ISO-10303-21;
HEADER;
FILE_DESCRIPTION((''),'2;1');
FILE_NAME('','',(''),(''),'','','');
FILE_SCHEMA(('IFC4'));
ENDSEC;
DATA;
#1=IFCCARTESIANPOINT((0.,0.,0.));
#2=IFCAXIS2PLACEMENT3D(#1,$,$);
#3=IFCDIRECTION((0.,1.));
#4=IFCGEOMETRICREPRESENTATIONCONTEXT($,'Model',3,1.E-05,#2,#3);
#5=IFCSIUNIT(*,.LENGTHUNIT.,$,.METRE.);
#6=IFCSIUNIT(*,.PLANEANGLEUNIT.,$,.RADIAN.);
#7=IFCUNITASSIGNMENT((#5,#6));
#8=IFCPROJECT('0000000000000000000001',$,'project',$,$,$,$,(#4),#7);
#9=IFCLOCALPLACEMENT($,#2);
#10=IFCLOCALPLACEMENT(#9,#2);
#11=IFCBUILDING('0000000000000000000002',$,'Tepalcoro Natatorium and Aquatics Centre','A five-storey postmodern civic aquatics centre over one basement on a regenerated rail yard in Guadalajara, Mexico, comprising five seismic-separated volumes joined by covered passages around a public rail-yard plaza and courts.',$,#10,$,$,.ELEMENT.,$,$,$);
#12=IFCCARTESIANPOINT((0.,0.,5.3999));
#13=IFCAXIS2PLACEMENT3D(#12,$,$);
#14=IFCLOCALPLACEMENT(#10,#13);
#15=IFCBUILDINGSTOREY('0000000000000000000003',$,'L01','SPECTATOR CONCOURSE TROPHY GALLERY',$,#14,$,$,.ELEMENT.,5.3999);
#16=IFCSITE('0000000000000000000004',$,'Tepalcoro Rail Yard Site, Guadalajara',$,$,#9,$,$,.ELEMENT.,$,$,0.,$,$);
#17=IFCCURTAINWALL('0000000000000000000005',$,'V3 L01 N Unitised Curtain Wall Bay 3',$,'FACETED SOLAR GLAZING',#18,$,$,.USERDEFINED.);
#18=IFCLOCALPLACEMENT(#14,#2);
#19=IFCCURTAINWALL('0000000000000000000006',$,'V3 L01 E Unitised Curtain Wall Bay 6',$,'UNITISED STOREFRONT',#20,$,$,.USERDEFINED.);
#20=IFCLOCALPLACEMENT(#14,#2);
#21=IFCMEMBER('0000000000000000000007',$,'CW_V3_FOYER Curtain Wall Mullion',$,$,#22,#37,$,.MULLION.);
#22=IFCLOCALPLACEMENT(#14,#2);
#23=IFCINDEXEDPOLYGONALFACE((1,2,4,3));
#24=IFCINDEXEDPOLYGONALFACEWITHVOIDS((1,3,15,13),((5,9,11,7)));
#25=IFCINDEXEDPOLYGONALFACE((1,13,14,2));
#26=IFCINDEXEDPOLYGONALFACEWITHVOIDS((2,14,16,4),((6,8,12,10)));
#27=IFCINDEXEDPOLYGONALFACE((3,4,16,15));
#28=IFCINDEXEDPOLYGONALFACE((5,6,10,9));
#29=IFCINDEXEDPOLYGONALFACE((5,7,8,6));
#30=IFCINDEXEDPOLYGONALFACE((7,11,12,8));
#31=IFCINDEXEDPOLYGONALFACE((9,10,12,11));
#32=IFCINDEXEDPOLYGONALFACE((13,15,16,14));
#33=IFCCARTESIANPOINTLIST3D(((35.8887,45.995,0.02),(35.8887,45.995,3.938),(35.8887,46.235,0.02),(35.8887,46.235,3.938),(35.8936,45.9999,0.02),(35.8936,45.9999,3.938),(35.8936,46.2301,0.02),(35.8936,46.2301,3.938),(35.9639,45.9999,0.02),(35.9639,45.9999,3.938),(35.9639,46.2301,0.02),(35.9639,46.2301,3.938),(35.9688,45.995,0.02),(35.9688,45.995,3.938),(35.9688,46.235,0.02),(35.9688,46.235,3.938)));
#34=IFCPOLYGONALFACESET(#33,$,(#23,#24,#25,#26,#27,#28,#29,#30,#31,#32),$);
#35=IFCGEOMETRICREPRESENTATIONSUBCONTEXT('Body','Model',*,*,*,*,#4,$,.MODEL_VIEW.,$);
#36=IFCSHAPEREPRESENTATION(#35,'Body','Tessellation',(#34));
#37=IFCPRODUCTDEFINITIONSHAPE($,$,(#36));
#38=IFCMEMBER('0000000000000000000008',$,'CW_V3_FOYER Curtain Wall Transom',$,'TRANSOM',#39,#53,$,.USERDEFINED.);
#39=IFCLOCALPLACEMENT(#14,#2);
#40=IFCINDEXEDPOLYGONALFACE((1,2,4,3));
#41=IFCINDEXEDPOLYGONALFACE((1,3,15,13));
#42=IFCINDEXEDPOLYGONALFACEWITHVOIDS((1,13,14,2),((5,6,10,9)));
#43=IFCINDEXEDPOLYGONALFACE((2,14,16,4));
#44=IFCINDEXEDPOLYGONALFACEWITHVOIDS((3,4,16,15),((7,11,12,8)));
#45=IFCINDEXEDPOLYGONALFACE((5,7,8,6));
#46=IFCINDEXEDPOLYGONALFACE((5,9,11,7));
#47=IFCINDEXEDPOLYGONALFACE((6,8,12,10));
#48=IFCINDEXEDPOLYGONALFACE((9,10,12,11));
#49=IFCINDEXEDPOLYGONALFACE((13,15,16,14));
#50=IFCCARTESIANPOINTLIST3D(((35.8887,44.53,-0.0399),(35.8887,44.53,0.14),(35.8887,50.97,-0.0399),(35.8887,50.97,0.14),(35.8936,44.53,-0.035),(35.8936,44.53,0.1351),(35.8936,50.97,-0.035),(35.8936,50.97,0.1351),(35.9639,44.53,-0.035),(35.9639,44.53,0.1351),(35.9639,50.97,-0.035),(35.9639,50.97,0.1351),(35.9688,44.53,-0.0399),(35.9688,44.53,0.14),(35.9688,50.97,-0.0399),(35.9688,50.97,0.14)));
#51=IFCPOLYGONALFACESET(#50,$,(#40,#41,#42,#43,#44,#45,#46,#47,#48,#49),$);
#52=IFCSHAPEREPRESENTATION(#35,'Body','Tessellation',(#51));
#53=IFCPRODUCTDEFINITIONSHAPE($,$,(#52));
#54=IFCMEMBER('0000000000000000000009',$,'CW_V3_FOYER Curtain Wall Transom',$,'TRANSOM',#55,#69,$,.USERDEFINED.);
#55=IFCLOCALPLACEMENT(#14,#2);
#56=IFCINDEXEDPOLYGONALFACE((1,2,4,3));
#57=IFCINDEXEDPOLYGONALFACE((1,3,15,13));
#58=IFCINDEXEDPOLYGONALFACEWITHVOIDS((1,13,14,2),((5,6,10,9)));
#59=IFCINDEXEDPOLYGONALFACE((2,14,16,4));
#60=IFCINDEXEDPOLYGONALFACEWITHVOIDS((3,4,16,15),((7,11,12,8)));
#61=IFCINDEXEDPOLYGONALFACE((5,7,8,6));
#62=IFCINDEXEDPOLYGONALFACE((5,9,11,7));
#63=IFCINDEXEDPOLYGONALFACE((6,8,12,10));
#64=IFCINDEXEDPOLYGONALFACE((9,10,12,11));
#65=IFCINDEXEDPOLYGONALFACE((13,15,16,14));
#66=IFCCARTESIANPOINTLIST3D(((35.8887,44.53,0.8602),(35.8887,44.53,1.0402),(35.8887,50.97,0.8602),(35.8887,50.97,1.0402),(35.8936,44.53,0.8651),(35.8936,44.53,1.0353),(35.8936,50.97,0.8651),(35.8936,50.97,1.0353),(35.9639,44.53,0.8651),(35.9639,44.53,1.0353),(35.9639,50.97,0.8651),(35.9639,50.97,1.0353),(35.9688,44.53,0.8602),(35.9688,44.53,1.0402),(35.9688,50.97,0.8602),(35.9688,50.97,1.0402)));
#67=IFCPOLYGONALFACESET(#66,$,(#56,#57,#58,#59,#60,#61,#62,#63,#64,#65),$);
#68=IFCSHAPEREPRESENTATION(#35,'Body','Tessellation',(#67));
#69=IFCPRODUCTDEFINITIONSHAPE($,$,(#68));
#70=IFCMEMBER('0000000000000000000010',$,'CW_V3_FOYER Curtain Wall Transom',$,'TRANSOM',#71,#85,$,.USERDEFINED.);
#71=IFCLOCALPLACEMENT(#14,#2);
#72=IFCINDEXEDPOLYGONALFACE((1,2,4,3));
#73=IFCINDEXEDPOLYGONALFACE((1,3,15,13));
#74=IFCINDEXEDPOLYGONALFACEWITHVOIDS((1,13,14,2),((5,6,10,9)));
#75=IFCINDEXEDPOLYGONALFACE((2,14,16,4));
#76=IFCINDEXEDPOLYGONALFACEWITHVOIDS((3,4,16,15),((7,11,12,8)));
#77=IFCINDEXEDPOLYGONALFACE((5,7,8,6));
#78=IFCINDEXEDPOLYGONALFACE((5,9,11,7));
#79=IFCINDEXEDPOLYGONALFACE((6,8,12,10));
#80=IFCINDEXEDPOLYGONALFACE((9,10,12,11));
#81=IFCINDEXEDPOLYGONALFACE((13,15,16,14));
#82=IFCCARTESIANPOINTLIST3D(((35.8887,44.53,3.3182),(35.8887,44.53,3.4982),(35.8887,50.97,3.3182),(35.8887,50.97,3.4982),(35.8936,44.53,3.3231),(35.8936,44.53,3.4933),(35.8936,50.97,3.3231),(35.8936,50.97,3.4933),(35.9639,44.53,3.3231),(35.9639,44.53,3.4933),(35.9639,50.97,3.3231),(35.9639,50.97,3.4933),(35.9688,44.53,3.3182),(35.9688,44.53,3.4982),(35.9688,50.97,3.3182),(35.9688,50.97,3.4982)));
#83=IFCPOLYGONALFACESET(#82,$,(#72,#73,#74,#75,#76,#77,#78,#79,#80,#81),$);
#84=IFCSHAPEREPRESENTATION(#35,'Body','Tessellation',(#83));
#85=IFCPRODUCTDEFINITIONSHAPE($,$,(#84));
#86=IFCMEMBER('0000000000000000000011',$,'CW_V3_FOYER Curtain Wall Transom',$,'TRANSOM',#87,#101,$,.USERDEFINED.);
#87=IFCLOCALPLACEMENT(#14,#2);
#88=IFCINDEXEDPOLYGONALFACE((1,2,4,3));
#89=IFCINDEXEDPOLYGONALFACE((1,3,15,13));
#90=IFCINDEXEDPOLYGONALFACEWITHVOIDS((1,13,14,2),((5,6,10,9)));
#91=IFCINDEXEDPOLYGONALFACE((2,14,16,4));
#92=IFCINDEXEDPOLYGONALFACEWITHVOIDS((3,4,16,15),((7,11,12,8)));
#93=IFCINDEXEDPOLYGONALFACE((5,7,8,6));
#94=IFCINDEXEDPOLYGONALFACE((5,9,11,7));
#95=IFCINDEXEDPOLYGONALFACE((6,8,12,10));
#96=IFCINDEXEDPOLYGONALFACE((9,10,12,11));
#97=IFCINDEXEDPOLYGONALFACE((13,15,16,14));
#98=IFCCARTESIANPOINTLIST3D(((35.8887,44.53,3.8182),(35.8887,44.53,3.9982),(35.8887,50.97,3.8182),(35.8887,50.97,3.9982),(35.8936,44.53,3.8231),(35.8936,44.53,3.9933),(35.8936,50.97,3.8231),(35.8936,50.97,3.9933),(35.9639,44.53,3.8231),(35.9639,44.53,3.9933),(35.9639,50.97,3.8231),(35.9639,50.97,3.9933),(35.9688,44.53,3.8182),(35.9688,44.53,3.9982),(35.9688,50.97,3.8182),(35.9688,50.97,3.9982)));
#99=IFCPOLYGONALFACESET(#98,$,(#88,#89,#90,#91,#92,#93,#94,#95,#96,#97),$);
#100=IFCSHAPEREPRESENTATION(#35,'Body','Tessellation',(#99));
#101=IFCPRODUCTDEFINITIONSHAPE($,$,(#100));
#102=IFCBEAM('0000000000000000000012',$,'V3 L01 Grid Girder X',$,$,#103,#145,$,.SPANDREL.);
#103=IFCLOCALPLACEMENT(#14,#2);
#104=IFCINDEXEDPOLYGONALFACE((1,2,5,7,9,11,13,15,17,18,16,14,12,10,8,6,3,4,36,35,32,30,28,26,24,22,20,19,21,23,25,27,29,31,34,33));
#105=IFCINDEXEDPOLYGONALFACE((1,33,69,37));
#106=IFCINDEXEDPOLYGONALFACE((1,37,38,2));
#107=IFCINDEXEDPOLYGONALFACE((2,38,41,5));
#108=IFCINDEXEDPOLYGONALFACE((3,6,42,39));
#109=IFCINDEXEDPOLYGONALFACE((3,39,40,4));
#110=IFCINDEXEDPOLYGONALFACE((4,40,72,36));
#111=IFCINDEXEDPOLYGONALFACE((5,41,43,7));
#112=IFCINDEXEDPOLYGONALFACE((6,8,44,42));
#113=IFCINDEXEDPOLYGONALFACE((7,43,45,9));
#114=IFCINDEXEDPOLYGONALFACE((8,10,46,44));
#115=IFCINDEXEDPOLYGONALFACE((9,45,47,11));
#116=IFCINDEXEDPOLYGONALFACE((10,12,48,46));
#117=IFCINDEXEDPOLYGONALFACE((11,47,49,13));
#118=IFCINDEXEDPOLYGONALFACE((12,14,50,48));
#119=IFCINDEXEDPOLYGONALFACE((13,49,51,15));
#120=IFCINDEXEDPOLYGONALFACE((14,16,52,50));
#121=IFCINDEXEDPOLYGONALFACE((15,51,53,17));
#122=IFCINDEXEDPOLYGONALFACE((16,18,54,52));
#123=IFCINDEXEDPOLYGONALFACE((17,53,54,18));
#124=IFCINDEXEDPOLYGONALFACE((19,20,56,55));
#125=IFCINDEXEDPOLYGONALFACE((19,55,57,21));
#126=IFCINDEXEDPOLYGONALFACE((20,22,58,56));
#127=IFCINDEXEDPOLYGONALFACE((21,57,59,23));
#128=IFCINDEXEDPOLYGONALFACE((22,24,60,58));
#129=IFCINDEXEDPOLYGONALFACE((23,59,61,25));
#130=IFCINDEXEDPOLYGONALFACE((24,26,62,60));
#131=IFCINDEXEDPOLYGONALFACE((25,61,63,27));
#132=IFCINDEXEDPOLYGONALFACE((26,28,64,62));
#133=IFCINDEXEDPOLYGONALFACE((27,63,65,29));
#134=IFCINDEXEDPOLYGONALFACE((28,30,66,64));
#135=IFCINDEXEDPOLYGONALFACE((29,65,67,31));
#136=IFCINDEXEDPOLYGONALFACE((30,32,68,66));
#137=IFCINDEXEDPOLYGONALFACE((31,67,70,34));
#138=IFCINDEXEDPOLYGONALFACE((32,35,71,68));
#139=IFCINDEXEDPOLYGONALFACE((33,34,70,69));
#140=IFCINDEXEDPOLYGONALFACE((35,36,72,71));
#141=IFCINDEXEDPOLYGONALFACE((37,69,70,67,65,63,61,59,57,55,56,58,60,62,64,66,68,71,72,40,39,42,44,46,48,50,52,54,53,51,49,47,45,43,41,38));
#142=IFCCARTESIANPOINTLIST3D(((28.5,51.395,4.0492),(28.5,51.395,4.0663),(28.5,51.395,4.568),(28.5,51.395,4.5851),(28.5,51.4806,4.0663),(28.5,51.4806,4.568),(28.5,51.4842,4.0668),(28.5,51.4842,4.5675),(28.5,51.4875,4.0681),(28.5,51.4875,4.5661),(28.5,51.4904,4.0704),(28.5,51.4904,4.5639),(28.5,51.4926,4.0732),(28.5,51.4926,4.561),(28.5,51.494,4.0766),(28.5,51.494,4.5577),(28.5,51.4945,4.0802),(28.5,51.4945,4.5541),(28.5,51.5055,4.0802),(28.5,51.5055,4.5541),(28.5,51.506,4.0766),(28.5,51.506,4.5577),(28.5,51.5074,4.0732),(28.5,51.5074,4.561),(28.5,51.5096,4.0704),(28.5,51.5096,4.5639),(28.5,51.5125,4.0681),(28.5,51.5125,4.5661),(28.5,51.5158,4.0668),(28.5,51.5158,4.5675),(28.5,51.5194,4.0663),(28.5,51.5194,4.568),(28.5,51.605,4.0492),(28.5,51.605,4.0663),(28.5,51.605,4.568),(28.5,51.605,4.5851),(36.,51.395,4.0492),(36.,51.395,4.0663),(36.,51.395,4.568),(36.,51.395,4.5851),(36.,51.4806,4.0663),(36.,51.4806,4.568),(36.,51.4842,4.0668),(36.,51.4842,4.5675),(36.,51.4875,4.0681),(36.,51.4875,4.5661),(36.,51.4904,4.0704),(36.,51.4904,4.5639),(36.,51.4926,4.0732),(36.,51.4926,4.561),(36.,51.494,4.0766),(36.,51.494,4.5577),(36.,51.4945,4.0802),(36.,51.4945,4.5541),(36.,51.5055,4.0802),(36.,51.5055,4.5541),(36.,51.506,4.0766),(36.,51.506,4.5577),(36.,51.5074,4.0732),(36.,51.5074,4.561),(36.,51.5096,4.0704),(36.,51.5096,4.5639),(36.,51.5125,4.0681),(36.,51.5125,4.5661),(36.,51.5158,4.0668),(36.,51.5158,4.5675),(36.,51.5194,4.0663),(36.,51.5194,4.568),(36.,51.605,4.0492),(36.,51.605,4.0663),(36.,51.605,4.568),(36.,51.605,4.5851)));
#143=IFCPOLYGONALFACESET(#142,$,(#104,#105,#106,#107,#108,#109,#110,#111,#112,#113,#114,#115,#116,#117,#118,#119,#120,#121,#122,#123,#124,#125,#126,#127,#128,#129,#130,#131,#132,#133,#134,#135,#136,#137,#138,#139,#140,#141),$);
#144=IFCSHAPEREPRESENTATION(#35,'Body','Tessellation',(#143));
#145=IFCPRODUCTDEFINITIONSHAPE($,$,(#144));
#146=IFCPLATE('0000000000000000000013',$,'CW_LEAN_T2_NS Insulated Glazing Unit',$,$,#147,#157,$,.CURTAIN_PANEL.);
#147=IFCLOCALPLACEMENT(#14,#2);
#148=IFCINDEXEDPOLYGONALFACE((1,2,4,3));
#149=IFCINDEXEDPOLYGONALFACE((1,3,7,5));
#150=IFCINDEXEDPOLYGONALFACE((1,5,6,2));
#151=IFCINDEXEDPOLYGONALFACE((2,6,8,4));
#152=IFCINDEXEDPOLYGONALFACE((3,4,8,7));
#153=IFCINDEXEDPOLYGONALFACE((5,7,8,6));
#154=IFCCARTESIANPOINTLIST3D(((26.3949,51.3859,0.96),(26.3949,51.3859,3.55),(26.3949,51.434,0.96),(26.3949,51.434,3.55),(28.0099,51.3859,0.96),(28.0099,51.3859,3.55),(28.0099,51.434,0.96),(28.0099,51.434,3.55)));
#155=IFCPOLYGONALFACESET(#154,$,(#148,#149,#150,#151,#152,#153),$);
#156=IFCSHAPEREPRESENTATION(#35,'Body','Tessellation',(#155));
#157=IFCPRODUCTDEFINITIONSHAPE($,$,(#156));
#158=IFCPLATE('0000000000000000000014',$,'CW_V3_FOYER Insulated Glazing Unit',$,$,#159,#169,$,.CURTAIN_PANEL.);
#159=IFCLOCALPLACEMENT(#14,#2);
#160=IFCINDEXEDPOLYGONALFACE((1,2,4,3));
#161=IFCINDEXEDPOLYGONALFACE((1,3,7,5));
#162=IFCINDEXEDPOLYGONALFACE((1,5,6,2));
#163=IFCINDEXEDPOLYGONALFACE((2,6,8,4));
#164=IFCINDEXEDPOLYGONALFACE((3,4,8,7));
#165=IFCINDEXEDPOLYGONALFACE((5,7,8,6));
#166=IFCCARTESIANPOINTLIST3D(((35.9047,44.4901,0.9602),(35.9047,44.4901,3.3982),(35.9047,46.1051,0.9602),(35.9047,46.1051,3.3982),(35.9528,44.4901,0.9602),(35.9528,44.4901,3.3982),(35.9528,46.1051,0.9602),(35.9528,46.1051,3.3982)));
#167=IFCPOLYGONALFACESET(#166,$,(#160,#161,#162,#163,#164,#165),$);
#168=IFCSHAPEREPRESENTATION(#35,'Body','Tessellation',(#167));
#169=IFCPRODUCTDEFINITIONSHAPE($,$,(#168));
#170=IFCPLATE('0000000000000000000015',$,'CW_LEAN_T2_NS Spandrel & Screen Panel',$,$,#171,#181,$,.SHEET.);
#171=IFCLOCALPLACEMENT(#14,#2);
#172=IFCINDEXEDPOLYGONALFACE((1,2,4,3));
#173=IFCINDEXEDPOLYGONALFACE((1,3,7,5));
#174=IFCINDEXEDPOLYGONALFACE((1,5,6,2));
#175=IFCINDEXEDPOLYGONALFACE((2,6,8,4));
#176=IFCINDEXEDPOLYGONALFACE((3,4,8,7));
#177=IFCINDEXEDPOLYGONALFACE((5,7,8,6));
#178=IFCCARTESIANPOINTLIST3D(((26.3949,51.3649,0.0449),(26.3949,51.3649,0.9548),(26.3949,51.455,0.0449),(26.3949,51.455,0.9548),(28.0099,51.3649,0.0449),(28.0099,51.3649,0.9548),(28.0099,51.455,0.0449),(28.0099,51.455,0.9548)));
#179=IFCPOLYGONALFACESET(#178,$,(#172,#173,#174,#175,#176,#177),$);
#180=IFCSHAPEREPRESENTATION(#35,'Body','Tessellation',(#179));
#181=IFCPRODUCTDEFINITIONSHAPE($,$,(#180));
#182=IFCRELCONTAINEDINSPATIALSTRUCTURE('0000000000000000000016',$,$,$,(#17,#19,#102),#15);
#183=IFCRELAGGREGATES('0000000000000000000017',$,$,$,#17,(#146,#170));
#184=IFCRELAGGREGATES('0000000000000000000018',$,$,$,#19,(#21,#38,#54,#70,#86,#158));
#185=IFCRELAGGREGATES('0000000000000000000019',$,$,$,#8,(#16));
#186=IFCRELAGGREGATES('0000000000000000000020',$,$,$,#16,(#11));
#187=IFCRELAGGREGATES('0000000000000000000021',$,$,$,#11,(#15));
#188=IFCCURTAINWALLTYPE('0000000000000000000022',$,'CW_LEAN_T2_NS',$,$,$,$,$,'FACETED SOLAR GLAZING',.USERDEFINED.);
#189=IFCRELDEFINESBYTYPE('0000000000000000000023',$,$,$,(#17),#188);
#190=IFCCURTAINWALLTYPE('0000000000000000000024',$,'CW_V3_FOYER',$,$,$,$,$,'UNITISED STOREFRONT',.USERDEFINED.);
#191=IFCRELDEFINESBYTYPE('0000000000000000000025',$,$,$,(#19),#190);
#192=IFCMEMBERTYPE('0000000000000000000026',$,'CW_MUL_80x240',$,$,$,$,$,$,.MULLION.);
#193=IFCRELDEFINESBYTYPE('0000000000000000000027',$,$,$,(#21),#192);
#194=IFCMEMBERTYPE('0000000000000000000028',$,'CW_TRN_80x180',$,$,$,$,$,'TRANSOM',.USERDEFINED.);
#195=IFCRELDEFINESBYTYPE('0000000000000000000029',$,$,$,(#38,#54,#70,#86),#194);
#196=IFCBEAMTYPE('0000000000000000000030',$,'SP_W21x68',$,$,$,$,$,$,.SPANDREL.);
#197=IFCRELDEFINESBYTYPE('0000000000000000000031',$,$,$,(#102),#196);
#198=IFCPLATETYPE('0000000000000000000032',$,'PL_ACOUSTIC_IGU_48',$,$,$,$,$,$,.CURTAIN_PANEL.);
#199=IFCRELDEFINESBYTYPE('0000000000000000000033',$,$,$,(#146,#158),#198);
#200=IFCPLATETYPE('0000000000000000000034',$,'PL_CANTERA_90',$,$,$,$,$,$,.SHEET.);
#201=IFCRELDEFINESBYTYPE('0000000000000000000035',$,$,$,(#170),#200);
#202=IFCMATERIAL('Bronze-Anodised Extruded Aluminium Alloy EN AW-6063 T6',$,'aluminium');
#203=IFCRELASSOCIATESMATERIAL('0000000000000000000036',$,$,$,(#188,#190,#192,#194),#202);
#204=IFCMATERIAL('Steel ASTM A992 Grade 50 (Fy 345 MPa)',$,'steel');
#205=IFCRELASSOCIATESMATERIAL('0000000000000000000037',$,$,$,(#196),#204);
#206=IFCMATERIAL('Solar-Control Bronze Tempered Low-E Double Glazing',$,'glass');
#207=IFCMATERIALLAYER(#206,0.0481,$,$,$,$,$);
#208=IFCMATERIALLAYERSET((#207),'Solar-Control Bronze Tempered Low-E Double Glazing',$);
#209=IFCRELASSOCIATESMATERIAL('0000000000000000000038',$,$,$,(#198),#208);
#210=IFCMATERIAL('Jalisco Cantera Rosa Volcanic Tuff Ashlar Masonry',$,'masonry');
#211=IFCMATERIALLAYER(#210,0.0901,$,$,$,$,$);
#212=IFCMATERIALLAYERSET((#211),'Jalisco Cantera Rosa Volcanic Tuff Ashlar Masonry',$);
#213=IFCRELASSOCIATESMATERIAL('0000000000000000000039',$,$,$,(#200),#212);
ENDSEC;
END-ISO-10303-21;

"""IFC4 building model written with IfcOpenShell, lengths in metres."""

from ifc_helpers import new_model, si_unit, direction, frame, origin, origin_2d, place, context, subcontext, project, spatial, rectangle, hollow_rectangle, i_section, extrude, material, layer, layer_set, material_profile, profile_set, type_object, element, aggregate, save


model = new_model("IFC4")

# Units and contexts
model_context = context("Model", 3, precision=1e-05, world=origin(), true_north=direction((0.0, 1.0)))
body_context = subcontext(model_context, "Body", "Model", "MODEL_VIEW")
ifc_project = project(units=[si_unit("LENGTHUNIT", "METRE"), si_unit("PLANEANGLEUNIT", "RADIAN")], contexts=[model_context])

# Site, building, storey
site_placement = place(None, origin())
site = spatial("IfcSite", under=ifc_project, at=site_placement, Name="Tepalcoro Rail Yard Site, Guadalajara", CompositionType="ELEMENT", RefElevation=0.0)
building_placement = place(site_placement, origin())
building = spatial("IfcBuilding", under=site, at=building_placement, Name="Tepalcoro Natatorium and Aquatics Centre", Description="A five-storey postmodern civic aquatics centre over one basement on a regenerated rail yard in Guadalajara, Mexico, comprising five seismic-separated volumes joined by covered passages around a public rail-yard plaza and courts.", CompositionType="ELEMENT")
storey_placement = place(building_placement, frame((0.0, 0.0, 5.3999)))
storey = spatial("IfcBuildingStorey", under=building, at=storey_placement, Name="L01", Description="SPECTATOR CONCOURSE TROPHY GALLERY", CompositionType="ELEMENT", Elevation=5.3999)

# Shared definitions
ifc_material_1 = material(Name="Steel ASTM A992 Grade 50 (Fy 345 MPa)", Category="steel")

# Curtain wall
ifc_material_2 = material(Name="Bronze-Anodised Extruded Aluminium Alloy EN AW-6063 T6", Category="aluminium")
curtain_wall_type_1 = type_object("IfcCurtainWallType", Name="CW_LEAN_T2_NS", ElementType="FACETED SOLAR GLAZING", PredefinedType="USERDEFINED", material=ifc_material_2)
curtain_wall_1_placement = place(storey_placement, origin())
curtain_wall_1 = element("IfcCurtainWall", 1, at=curtain_wall_1_placement, inside=storey, type_object=curtain_wall_type_1, Name="V3 L01 N Unitised Curtain Wall Bay 3", ObjectType="FACETED SOLAR GLAZING", PredefinedType="USERDEFINED")
ifc_material_profile_1 = material_profile(ifc_material_2, hollow_rectangle(XDim=0.0801, YDim=0.24, WallThickness=0.0049, at=origin_2d()), Name="AL80X240X5")
ifc_profile_set_1 = profile_set([ifc_material_profile_1], Name="Bronze-Anodised Extruded Aluminium Alloy EN AW-6063 T6")
member_type_1 = type_object("IfcMemberType", Name="CW_MUL_80x240", PredefinedType="MULLION", material=ifc_profile_set_1)

# Curtain wall, members
curtain_wall_type_2 = type_object("IfcCurtainWallType", Name="CW_V3_FOYER", ElementType="UNITISED STOREFRONT", PredefinedType="USERDEFINED", material=ifc_material_2)
curtain_wall_2_placement = place(storey_placement, origin())
curtain_wall_2 = element("IfcCurtainWall", 2, at=curtain_wall_2_placement, inside=storey, type_object=curtain_wall_type_2, Name="V3 L01 E Unitised Curtain Wall Bay 6", ObjectType="UNITISED STOREFRONT", PredefinedType="USERDEFINED")
member_1_placement = place(storey_placement, frame((35.9287, 46.115, 0.02), z_axis=(0.0, 0.0, 1.0), x_axis=(1.0, 0.0, 0.0)))
member_1 = element("IfcMember", 3, at=member_1_placement, type_object=member_type_1, Name="CW_V3_FOYER Curtain Wall Mullion", PredefinedType="MULLION", context=body_context, shape_type="SweptSolid", body=[
    extrude(hollow_rectangle(XDim=0.0801, YDim=0.24, WallThickness=0.0049, at=origin_2d()), origin(), (0.0, 0.0, 1.0), 3.918),
])
ifc_material_profile_2 = material_profile(ifc_material_2, hollow_rectangle(XDim=0.0801, YDim=0.1799, WallThickness=0.0049, at=origin_2d()), Name="AL80X180X5")
ifc_profile_set_2 = profile_set([ifc_material_profile_2], Name="Bronze-Anodised Extruded Aluminium Alloy EN AW-6063 T6")
member_type_2 = type_object("IfcMemberType", Name="CW_TRN_80x180", ElementType="TRANSOM", PredefinedType="USERDEFINED", material=ifc_profile_set_2)
member_2_placement = place(storey_placement, frame((35.9287, 44.53, 0.05), z_axis=(0.0, 1.0, 0.0), x_axis=(-1.0, 0.0, 0.0)))
member_2 = element("IfcMember", 4, at=member_2_placement, type_object=member_type_2, Name="CW_V3_FOYER Curtain Wall Transom", ObjectType="TRANSOM", PredefinedType="USERDEFINED", context=body_context, shape_type="SweptSolid", body=[
    extrude(hollow_rectangle(XDim=0.0801, YDim=0.1799, WallThickness=0.0049, at=origin_2d()), origin(), (0.0, 0.0, 1.0), 6.4399),
])
member_3_placement = place(storey_placement, frame((35.9287, 44.53, 0.9502), z_axis=(0.0, 1.0, 0.0), x_axis=(-1.0, 0.0, 0.0)))
member_3 = element("IfcMember", 5, at=member_3_placement, type_object=member_type_2, Name="CW_V3_FOYER Curtain Wall Transom", ObjectType="TRANSOM", PredefinedType="USERDEFINED", context=body_context, shape_type="SweptSolid", body=[
    extrude(hollow_rectangle(XDim=0.0801, YDim=0.1799, WallThickness=0.0049, at=origin_2d()), origin(), (0.0, 0.0, 1.0), 6.4399),
])
member_4_placement = place(storey_placement, frame((35.9287, 44.53, 3.4082), z_axis=(0.0, 1.0, 0.0), x_axis=(-1.0, 0.0, 0.0)))
member_4 = element("IfcMember", 6, at=member_4_placement, type_object=member_type_2, Name="CW_V3_FOYER Curtain Wall Transom", ObjectType="TRANSOM", PredefinedType="USERDEFINED", context=body_context, shape_type="SweptSolid", body=[
    extrude(hollow_rectangle(XDim=0.0801, YDim=0.1799, WallThickness=0.0049, at=origin_2d()), origin(), (0.0, 0.0, 1.0), 6.4399),
])
member_5_placement = place(storey_placement, frame((35.9287, 44.53, 3.9082), z_axis=(0.0, 1.0, 0.0), x_axis=(-1.0, 0.0, 0.0)))
member_5 = element("IfcMember", 7, at=member_5_placement, type_object=member_type_2, Name="CW_V3_FOYER Curtain Wall Transom", ObjectType="TRANSOM", PredefinedType="USERDEFINED", context=body_context, shape_type="SweptSolid", body=[
    extrude(hollow_rectangle(XDim=0.0801, YDim=0.1799, WallThickness=0.0049, at=origin_2d()), origin(), (0.0, 0.0, 1.0), 6.4399),
])

# Beam
ifc_material_profile_3 = material_profile(ifc_material_1, i_section(OverallWidth=0.21, OverallDepth=0.5359, WebThickness=0.011, FlangeThickness=0.0171, FilletRadius=0.0139, at=origin_2d()), Name="W21X68")
ifc_profile_set_3 = profile_set([ifc_material_profile_3], Name="Steel ASTM A992 Grade 50 (Fy 345 MPa)")
beam_type = type_object("IfcBeamType", Name="SP_W21x68", PredefinedType="SPANDREL", material=ifc_profile_set_3)
beam_placement = place(storey_placement, frame((28.5, 51.5, 4.3171), z_axis=(1.0, 0.0, 0.0), x_axis=(0.0, 1.0, 0.0)))
element("IfcBeam", 8, at=beam_placement, inside=storey, type_object=beam_type, Name="V3 L01 Grid Girder X", PredefinedType="SPANDREL", context=body_context, shape_type="SweptSolid", body=[
    extrude(i_section(OverallWidth=0.21, OverallDepth=0.5359, WebThickness=0.011, FlangeThickness=0.0171, FilletRadius=0.0139, at=origin_2d()), origin(), (0.0, 0.0, 1.0), 7.5),
])

# Plates
ifc_material_3 = material(Name="Solar-Control Bronze Tempered Low-E Double Glazing", Category="glass")
ifc_layer_1 = layer(ifc_material_3, 0.0481)
ifc_layer_set_1 = layer_set([ifc_layer_1], Name="Solar-Control Bronze Tempered Low-E Double Glazing")
plate_type_1 = type_object("IfcPlateType", Name="PL_ACOUSTIC_IGU_48", PredefinedType="CURTAIN_PANEL", material=ifc_layer_set_1)
plate_1_placement = place(storey_placement, frame((27.2024, 51.4099, 0.96), z_axis=(0.0, 0.0, 1.0), x_axis=(1.0, 0.0, 0.0)))
plate_1 = element("IfcPlate", 9, at=plate_1_placement, type_object=plate_type_1, Name="CW_LEAN_T2_NS Insulated Glazing Unit", PredefinedType="CURTAIN_PANEL", context=body_context, shape_type="SweptSolid", body=[
    extrude(rectangle(XDim=1.615, YDim=0.0481, at=origin_2d()), origin(), (0.0, 0.0, 1.0), 2.5901),
])
plate_2_placement = place(storey_placement, frame((35.9287, 45.2976, 0.9602), z_axis=(0.0, 0.0, 1.0), x_axis=(1.0, 0.0, 0.0)))
plate_2 = element("IfcPlate", 10, at=plate_2_placement, type_object=plate_type_1, Name="CW_V3_FOYER Insulated Glazing Unit", PredefinedType="CURTAIN_PANEL", context=body_context, shape_type="SweptSolid", body=[
    extrude(rectangle(XDim=0.0481, YDim=1.615, at=origin_2d()), origin(), (0.0, 0.0, 1.0), 2.438),
])
ifc_material_4 = material(Name="Jalisco Cantera Rosa Volcanic Tuff Ashlar Masonry", Category="masonry")
ifc_layer_2 = layer(ifc_material_4, 0.0901)
ifc_layer_set_2 = layer_set([ifc_layer_2], Name="Jalisco Cantera Rosa Volcanic Tuff Ashlar Masonry")
plate_type_2 = type_object("IfcPlateType", Name="PL_CANTERA_90", PredefinedType="SHEET", material=ifc_layer_set_2)
plate_3_placement = place(storey_placement, frame((27.2024, 51.4099, 0.0449), z_axis=(0.0, 0.0, 1.0), x_axis=(1.0, 0.0, 0.0)))
plate_3 = element("IfcPlate", 11, at=plate_3_placement, type_object=plate_type_2, Name="CW_LEAN_T2_NS Spandrel & Screen Panel", PredefinedType="SHEET", context=body_context, shape_type="SweptSolid", body=[
    extrude(rectangle(XDim=1.615, YDim=0.0901, at=origin_2d()), origin(), (0.0, 0.0, 1.0), 0.9099),
])
aggregate(curtain_wall_1, [plate_1, plate_3])
aggregate(curtain_wall_2, [member_1, member_2, member_3, member_4, member_5, plate_2])

save(model, "model.ifc")
